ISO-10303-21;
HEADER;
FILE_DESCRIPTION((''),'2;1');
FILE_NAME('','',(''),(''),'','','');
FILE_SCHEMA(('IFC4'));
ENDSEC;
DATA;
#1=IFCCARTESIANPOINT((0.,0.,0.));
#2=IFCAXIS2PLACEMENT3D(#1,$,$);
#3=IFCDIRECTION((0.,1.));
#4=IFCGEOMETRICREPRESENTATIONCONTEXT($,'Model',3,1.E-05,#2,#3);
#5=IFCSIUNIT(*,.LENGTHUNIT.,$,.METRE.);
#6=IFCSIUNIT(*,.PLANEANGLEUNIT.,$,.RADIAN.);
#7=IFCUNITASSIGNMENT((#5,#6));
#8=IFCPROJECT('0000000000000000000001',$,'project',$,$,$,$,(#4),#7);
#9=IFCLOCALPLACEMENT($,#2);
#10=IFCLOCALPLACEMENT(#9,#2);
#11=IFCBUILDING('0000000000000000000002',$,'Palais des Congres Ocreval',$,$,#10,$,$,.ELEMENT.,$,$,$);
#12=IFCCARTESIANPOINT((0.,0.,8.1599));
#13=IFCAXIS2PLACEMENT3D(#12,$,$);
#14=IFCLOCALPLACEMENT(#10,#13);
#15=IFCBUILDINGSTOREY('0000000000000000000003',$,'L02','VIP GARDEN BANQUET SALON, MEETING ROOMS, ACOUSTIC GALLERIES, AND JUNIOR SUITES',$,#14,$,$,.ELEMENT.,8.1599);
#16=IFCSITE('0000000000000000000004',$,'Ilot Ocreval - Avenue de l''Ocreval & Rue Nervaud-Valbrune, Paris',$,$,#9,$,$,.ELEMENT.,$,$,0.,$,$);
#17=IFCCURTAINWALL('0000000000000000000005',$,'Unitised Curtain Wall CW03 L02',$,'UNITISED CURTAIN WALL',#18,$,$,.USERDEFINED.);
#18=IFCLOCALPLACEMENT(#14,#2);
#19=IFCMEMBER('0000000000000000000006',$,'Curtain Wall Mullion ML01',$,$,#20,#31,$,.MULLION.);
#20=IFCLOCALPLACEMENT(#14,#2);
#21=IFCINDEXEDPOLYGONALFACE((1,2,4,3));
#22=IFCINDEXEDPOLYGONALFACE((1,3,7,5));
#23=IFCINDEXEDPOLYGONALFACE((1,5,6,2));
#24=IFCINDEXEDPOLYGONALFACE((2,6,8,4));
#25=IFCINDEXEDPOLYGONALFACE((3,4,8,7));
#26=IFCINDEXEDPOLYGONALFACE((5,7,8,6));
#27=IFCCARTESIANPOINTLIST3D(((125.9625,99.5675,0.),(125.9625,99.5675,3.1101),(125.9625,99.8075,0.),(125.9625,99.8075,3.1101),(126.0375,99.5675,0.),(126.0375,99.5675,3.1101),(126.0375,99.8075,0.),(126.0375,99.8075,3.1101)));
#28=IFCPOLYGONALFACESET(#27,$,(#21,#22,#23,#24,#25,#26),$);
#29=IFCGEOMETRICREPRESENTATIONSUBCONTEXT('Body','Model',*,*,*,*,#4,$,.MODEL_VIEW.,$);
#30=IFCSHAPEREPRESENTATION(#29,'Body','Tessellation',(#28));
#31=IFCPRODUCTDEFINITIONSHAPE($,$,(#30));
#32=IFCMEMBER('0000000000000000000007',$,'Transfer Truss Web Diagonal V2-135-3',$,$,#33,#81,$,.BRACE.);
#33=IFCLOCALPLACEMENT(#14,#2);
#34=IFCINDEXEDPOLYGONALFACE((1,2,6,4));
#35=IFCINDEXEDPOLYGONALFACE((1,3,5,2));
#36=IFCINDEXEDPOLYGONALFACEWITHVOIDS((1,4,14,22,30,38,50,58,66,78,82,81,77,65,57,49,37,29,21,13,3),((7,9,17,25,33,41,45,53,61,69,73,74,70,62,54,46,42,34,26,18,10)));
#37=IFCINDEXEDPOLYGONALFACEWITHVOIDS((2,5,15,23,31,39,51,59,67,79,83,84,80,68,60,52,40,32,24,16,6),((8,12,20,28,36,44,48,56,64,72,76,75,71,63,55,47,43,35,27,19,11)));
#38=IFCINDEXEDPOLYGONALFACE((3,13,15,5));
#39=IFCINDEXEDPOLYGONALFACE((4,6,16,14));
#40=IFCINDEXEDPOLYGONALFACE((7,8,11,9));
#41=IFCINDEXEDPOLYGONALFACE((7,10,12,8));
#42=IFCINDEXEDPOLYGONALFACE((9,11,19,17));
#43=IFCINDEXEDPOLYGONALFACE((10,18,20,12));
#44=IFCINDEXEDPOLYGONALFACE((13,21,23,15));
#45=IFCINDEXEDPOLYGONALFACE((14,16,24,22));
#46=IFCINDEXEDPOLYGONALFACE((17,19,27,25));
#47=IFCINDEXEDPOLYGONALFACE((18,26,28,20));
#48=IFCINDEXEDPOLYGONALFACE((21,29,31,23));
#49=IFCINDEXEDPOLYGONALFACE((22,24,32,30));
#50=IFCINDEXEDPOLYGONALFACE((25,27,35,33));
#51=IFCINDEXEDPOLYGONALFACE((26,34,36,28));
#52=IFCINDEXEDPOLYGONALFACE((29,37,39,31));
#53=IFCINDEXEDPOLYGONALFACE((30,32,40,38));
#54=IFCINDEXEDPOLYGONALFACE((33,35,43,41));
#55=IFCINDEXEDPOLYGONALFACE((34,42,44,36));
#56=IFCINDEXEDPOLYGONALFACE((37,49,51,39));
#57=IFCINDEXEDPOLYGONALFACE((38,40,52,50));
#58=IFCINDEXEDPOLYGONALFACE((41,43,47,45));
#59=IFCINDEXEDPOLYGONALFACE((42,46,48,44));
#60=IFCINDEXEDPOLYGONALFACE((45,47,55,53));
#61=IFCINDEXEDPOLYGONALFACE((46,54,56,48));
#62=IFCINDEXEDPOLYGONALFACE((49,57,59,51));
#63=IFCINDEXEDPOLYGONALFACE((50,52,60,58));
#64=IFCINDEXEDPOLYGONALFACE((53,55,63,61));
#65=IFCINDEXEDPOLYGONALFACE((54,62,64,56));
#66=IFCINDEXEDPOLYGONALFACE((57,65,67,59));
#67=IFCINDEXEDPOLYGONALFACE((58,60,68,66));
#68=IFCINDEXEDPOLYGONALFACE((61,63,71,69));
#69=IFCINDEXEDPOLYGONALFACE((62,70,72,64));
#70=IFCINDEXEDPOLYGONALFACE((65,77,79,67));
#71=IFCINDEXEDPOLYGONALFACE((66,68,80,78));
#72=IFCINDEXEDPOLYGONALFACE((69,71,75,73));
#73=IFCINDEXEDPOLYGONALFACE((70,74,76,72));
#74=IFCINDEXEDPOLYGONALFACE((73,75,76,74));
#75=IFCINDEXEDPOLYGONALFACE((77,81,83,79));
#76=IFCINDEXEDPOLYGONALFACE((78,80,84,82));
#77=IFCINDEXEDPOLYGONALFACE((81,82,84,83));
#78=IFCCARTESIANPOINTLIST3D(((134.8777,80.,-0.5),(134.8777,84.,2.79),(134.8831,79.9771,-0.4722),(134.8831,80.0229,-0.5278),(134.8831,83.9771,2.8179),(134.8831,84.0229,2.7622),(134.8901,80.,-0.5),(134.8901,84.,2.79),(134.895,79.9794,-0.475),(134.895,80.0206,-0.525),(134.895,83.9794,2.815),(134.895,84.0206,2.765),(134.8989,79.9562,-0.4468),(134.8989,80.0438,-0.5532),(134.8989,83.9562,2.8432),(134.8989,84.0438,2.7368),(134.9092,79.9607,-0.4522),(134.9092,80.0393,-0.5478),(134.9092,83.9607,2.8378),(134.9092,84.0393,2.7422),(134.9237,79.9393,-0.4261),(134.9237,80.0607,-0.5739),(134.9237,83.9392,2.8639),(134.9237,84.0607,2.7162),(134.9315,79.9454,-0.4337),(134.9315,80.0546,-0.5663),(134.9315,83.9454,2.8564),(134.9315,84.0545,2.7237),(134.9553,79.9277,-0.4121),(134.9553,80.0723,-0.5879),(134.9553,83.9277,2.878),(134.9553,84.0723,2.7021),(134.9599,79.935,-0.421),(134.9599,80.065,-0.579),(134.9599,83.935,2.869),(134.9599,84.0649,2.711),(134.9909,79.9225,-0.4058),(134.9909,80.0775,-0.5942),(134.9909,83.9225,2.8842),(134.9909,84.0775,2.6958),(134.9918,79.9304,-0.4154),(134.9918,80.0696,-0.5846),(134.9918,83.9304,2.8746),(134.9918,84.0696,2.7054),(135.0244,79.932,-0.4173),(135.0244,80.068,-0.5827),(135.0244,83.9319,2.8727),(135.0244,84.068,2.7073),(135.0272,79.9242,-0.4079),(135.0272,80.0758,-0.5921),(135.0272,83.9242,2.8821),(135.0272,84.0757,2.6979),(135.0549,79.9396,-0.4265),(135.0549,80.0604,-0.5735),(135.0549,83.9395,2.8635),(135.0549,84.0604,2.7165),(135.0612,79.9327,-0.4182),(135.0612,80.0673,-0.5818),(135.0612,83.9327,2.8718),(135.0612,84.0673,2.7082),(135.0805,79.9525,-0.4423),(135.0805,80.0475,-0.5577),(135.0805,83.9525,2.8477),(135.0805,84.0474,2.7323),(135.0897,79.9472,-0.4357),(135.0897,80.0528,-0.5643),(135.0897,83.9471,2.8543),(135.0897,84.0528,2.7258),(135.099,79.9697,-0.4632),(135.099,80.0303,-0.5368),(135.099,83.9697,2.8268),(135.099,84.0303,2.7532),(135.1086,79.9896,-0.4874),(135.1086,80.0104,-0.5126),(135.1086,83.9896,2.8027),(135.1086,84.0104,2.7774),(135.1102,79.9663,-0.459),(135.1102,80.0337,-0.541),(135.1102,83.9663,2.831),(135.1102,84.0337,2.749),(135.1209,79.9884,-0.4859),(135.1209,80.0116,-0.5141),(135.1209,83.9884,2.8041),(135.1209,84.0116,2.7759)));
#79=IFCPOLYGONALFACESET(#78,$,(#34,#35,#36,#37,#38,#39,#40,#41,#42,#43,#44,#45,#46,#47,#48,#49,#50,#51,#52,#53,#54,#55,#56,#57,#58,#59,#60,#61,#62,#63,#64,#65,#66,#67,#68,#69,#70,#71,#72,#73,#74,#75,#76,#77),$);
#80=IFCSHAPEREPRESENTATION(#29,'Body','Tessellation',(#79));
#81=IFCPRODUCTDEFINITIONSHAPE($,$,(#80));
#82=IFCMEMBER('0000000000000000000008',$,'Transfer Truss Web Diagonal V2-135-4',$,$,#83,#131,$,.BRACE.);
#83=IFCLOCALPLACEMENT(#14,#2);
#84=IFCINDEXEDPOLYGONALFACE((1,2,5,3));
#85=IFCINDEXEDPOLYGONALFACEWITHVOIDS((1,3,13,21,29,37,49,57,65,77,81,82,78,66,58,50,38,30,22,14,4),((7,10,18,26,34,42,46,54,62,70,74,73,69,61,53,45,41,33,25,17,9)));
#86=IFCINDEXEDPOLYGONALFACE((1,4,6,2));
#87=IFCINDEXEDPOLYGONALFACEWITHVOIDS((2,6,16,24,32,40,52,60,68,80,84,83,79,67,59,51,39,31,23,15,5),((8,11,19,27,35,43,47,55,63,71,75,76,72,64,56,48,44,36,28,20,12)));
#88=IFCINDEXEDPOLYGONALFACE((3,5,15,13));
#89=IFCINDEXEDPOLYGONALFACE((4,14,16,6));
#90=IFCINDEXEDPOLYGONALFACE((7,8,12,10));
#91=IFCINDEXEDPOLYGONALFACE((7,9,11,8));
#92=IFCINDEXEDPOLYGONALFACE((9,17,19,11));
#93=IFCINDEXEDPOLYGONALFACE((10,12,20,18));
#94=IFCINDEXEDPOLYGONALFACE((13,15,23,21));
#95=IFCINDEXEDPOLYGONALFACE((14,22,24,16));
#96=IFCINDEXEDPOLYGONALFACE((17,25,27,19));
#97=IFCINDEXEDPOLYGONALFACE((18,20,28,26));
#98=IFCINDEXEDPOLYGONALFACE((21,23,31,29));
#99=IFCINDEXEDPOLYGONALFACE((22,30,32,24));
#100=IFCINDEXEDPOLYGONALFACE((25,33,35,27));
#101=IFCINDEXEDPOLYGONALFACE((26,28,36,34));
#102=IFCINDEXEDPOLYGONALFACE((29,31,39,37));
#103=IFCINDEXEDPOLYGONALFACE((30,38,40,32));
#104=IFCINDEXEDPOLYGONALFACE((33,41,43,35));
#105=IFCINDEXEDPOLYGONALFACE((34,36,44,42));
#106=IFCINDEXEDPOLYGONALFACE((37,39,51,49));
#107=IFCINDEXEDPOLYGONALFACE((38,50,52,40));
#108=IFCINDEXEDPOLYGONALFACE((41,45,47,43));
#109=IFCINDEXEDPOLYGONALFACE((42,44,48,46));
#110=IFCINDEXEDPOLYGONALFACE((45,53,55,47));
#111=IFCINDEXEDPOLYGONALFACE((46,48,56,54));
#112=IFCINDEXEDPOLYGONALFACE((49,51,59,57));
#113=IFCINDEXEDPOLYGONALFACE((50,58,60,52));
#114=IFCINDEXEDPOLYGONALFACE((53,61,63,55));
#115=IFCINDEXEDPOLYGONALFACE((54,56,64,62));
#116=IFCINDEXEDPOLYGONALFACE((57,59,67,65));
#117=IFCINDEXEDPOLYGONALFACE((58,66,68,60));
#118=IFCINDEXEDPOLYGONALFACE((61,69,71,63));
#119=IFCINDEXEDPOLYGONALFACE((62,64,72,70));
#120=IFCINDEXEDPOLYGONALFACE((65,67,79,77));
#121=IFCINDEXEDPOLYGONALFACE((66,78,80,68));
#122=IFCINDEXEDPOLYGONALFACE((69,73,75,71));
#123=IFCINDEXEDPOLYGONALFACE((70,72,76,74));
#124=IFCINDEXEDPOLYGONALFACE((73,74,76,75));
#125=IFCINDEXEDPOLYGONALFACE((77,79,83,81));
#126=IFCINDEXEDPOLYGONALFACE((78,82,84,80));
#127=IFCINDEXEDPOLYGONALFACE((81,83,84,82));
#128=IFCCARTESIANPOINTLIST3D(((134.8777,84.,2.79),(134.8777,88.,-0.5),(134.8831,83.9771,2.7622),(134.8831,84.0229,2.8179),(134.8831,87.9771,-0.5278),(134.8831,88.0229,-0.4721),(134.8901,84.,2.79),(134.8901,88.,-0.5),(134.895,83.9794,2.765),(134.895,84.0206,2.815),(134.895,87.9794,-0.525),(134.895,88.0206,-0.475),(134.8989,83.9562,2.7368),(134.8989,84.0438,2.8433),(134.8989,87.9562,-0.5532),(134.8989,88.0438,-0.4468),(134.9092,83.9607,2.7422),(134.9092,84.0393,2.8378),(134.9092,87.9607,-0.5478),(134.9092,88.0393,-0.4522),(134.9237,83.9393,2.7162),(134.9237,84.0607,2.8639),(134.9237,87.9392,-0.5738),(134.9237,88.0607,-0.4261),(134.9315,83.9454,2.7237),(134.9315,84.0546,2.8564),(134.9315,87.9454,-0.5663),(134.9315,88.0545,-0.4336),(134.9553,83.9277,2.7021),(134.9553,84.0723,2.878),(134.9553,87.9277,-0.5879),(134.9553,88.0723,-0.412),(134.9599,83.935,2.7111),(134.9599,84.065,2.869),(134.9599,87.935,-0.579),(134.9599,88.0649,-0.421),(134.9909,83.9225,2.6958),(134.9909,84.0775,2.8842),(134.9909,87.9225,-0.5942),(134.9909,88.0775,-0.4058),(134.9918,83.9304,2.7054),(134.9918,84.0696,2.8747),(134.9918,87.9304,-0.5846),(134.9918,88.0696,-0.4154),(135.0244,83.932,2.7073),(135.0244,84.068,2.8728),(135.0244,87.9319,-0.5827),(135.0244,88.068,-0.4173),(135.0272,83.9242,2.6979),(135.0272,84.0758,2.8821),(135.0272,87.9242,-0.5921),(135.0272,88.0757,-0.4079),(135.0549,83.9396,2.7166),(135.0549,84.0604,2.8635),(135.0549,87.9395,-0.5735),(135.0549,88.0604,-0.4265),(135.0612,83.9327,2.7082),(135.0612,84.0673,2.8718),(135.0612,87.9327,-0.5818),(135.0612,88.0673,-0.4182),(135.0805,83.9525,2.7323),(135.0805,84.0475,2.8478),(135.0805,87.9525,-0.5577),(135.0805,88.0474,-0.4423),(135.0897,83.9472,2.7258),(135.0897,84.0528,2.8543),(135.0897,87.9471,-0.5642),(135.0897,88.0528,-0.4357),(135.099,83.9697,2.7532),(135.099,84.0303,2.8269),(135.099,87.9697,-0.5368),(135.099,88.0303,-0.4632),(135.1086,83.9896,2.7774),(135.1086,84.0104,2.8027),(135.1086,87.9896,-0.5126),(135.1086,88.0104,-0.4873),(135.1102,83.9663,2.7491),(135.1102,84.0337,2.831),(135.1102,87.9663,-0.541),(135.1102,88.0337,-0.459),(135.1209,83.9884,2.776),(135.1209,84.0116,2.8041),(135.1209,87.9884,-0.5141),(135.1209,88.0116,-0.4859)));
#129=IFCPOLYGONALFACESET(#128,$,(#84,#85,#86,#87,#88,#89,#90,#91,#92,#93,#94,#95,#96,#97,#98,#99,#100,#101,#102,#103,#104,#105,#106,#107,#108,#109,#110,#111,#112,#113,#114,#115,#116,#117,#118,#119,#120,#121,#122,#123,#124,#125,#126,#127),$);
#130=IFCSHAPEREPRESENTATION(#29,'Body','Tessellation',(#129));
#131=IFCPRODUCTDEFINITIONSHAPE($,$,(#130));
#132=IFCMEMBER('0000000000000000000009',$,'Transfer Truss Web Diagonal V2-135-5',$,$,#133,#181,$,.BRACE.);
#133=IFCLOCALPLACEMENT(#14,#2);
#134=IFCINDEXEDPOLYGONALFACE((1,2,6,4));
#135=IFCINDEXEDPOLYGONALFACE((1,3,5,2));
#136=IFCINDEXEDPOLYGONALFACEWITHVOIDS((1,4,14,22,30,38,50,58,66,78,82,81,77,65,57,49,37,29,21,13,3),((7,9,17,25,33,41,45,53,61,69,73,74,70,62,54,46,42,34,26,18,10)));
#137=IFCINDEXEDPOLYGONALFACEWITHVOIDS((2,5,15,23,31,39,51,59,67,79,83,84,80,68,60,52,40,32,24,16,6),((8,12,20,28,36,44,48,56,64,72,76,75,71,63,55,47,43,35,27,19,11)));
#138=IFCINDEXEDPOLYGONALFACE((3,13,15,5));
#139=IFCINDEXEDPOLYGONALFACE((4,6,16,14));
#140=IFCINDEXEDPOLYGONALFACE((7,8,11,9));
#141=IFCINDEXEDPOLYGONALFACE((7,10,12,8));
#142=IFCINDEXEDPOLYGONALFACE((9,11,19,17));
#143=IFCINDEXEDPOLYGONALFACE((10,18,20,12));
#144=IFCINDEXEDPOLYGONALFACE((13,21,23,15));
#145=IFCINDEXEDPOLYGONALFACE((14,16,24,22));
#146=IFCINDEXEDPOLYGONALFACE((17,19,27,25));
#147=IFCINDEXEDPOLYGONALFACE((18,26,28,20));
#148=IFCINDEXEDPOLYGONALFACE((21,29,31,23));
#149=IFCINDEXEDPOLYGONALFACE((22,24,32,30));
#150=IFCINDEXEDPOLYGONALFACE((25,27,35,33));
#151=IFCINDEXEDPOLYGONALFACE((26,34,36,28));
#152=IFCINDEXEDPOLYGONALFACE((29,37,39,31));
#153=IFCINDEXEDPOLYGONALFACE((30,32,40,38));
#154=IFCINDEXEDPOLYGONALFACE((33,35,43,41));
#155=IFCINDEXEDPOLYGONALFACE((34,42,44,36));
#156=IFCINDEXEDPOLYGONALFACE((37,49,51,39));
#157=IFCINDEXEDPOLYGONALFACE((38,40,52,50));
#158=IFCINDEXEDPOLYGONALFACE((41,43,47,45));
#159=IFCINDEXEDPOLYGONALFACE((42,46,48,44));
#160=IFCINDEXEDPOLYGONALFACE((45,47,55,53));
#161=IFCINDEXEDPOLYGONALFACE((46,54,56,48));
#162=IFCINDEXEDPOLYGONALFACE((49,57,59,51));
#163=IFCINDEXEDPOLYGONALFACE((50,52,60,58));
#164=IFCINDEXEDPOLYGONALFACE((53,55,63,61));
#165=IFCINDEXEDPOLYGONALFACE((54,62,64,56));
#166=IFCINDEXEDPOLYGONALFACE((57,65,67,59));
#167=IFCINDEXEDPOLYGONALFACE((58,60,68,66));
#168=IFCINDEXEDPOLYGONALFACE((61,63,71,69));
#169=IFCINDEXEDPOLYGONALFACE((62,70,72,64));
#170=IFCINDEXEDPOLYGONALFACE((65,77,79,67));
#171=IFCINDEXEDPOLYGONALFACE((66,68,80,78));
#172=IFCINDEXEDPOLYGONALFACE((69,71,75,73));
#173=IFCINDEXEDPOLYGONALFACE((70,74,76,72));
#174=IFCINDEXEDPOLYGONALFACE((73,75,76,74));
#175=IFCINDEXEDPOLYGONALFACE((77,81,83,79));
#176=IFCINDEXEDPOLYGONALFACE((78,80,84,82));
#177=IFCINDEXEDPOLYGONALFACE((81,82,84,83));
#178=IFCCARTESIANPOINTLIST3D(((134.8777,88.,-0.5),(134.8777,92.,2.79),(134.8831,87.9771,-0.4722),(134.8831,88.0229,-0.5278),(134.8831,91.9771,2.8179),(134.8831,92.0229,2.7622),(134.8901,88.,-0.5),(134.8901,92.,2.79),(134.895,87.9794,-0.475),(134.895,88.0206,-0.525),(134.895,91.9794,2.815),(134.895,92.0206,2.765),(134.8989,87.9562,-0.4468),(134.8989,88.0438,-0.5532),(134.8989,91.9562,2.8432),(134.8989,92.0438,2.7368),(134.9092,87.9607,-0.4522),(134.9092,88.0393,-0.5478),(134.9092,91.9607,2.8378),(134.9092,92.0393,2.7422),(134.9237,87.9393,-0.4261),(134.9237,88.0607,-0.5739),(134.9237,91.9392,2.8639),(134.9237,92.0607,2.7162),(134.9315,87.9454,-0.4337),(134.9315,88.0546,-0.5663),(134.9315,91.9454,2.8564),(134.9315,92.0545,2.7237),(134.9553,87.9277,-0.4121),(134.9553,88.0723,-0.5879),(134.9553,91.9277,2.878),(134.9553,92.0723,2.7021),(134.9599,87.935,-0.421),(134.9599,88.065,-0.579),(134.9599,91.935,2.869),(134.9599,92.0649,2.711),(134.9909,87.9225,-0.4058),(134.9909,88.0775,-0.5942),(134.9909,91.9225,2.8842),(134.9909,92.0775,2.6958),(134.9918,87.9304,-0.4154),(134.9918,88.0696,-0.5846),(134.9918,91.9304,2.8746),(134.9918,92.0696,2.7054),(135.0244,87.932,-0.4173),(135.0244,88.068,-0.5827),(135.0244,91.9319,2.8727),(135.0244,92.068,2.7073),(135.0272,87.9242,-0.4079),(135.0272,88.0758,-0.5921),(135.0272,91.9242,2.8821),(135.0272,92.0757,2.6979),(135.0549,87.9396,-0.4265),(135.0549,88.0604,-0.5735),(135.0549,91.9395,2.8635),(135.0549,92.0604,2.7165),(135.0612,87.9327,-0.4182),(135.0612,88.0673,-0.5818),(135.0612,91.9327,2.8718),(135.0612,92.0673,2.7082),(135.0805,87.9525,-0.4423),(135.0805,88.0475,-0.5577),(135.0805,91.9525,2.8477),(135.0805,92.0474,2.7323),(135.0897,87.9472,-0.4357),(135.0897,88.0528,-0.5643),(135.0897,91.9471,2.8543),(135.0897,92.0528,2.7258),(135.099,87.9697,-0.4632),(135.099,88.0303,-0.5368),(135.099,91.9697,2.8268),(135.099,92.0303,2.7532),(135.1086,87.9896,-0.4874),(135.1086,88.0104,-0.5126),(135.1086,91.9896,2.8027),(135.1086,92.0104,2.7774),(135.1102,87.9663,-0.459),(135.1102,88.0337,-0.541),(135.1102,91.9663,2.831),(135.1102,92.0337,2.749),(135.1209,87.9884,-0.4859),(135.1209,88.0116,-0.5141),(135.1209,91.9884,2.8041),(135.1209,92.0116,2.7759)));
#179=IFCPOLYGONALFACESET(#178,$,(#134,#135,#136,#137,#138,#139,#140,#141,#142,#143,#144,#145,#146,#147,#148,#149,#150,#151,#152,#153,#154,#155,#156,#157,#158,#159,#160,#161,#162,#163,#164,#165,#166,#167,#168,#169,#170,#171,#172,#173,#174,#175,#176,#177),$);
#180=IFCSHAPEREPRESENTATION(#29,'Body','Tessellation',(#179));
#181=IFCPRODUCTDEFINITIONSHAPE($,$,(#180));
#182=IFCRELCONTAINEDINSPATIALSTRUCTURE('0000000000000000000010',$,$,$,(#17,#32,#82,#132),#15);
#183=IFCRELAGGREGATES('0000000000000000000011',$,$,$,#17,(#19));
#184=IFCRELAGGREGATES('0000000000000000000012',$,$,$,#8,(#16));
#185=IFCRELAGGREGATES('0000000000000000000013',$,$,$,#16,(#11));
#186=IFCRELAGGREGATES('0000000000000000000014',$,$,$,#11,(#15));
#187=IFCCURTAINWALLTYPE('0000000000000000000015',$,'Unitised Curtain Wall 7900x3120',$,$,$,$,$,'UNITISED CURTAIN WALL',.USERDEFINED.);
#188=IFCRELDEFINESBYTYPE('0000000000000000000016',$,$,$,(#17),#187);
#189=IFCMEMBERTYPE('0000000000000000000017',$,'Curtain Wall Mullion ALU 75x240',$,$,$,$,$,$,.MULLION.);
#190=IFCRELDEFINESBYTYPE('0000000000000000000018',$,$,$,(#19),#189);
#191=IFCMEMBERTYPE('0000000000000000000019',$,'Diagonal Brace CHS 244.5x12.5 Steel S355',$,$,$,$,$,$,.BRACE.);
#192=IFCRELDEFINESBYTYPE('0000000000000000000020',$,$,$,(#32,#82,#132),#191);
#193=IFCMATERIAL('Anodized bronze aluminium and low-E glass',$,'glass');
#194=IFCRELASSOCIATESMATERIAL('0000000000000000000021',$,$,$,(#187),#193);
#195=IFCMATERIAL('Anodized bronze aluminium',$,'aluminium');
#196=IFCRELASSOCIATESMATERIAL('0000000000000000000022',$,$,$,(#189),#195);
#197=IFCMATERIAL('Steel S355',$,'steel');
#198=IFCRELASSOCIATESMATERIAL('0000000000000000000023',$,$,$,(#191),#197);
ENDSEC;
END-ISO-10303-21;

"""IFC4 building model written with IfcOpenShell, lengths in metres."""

from ifc_helpers import new_model, si_unit, direction, frame, origin, origin_2d, place, context, subcontext, project, spatial, rectangle, hollow_circle, extrude, material, material_profile, profile_set, type_object, element, aggregate, save


model = new_model("IFC4")

# Units and contexts
model_context = context("Model", 3, precision=1e-05, world=origin(), true_north=direction((0.0, 1.0)))
body_context = subcontext(model_context, "Body", "Model", "MODEL_VIEW")
ifc_project = project(units=[si_unit("LENGTHUNIT", "METRE"), si_unit("PLANEANGLEUNIT", "RADIAN")], contexts=[model_context])

# Site, building, storey
site_placement = place(None, origin())
site = spatial("IfcSite", under=ifc_project, at=site_placement, Name="Ilot Ocreval - Avenue de l'Ocreval & Rue Nervaud-Valbrune, Paris", CompositionType="ELEMENT", RefElevation=0.0)
building_placement = place(site_placement, origin())
building = spatial("IfcBuilding", under=site, at=building_placement, Name="Palais des Congres Ocreval", CompositionType="ELEMENT")
storey_placement = place(building_placement, frame((0.0, 0.0, 8.1599)))
storey = spatial("IfcBuildingStorey", under=building, at=storey_placement, Name="L02", Description="VIP GARDEN BANQUET SALON, MEETING ROOMS, ACOUSTIC GALLERIES, AND JUNIOR SUITES", CompositionType="ELEMENT", Elevation=8.1599)

# Curtain wall, member
ifc_material_1 = material(Name="Anodized bronze aluminium and low-E glass", Category="glass")
curtain_wall_type = type_object("IfcCurtainWallType", Name="Unitised Curtain Wall 7900x3120", ElementType="UNITISED CURTAIN WALL", PredefinedType="USERDEFINED", material=ifc_material_1)
curtain_wall_placement = place(storey_placement, origin())
curtain_wall = element("IfcCurtainWall", 1, at=curtain_wall_placement, inside=storey, type_object=curtain_wall_type, Name="Unitised Curtain Wall CW03 L02", ObjectType="UNITISED CURTAIN WALL", PredefinedType="USERDEFINED")
ifc_material_2 = material(Name="Anodized bronze aluminium", Category="aluminium")
ifc_material_profile_1 = material_profile(ifc_material_2, rectangle(XDim=0.075, YDim=0.24, at=origin_2d()), Name="ALU 75x240")
ifc_profile_set_1 = profile_set([ifc_material_profile_1], Name="Anodized bronze aluminium")
member_type_1 = type_object("IfcMemberType", Name="Curtain Wall Mullion ALU 75x240", PredefinedType="MULLION", material=ifc_profile_set_1)
member_1_placement = place(storey_placement, frame((126.0, 99.6875, 0.0), z_axis=(0.0, 0.0, 1.0), x_axis=(1.0, 0.0, 0.0)))
member_1 = element("IfcMember", 2, at=member_1_placement, type_object=member_type_1, Name="Curtain Wall Mullion ML01", PredefinedType="MULLION", context=body_context, shape_type="SweptSolid", body=[
    extrude(rectangle(XDim=0.075, YDim=0.24, at=origin_2d()), origin(), (0.0, 0.0, 1.0), 3.1101),
])
aggregate(curtain_wall, [member_1])

# Members
ifc_material_3 = material(Name="Steel S355", Category="steel")
ifc_material_profile_2 = material_profile(ifc_material_3, hollow_circle(Radius=0.1223, WallThickness=0.0125, at=origin_2d()), Name="CHS 244.5x12.5")
ifc_profile_set_2 = profile_set([ifc_material_profile_2], Name="Steel S355")
member_type_2 = type_object("IfcMemberType", Name="Diagonal Brace CHS 244.5x12.5 Steel S355", PredefinedType="BRACE", material=ifc_profile_set_2)
for number, where, z_axis, x_axis, name in (
    (3, (135.0, 80.0, -0.5), (0.0, 0.772317, 0.635238), (-1.0, 0.0, 0.0), "Transfer Truss Web Diagonal V2-135-3"),
    (4, (135.0, 84.0, 2.79), (0.0, 0.772317, -0.635238), (-1.0, 0.0, 0.0), "Transfer Truss Web Diagonal V2-135-4"),
    (5, (135.0, 88.0, -0.5), (0.0, 0.772317, 0.635238), (-1.0, 0.0, 0.0), "Transfer Truss Web Diagonal V2-135-5"),
):
    element("IfcMember", number, at=place(storey_placement, frame(where, z_axis=z_axis, x_axis=x_axis)), inside=storey, type_object=member_type_2, Name=name, PredefinedType="BRACE", context=body_context, shape_type="SweptSolid", body=[
        extrude(hollow_circle(Radius=0.1223, WallThickness=0.0125, at=origin_2d()), origin(), (0.0, 0.0, 1.0), 5.1792),
    ])

save(model, "model.ifc")
